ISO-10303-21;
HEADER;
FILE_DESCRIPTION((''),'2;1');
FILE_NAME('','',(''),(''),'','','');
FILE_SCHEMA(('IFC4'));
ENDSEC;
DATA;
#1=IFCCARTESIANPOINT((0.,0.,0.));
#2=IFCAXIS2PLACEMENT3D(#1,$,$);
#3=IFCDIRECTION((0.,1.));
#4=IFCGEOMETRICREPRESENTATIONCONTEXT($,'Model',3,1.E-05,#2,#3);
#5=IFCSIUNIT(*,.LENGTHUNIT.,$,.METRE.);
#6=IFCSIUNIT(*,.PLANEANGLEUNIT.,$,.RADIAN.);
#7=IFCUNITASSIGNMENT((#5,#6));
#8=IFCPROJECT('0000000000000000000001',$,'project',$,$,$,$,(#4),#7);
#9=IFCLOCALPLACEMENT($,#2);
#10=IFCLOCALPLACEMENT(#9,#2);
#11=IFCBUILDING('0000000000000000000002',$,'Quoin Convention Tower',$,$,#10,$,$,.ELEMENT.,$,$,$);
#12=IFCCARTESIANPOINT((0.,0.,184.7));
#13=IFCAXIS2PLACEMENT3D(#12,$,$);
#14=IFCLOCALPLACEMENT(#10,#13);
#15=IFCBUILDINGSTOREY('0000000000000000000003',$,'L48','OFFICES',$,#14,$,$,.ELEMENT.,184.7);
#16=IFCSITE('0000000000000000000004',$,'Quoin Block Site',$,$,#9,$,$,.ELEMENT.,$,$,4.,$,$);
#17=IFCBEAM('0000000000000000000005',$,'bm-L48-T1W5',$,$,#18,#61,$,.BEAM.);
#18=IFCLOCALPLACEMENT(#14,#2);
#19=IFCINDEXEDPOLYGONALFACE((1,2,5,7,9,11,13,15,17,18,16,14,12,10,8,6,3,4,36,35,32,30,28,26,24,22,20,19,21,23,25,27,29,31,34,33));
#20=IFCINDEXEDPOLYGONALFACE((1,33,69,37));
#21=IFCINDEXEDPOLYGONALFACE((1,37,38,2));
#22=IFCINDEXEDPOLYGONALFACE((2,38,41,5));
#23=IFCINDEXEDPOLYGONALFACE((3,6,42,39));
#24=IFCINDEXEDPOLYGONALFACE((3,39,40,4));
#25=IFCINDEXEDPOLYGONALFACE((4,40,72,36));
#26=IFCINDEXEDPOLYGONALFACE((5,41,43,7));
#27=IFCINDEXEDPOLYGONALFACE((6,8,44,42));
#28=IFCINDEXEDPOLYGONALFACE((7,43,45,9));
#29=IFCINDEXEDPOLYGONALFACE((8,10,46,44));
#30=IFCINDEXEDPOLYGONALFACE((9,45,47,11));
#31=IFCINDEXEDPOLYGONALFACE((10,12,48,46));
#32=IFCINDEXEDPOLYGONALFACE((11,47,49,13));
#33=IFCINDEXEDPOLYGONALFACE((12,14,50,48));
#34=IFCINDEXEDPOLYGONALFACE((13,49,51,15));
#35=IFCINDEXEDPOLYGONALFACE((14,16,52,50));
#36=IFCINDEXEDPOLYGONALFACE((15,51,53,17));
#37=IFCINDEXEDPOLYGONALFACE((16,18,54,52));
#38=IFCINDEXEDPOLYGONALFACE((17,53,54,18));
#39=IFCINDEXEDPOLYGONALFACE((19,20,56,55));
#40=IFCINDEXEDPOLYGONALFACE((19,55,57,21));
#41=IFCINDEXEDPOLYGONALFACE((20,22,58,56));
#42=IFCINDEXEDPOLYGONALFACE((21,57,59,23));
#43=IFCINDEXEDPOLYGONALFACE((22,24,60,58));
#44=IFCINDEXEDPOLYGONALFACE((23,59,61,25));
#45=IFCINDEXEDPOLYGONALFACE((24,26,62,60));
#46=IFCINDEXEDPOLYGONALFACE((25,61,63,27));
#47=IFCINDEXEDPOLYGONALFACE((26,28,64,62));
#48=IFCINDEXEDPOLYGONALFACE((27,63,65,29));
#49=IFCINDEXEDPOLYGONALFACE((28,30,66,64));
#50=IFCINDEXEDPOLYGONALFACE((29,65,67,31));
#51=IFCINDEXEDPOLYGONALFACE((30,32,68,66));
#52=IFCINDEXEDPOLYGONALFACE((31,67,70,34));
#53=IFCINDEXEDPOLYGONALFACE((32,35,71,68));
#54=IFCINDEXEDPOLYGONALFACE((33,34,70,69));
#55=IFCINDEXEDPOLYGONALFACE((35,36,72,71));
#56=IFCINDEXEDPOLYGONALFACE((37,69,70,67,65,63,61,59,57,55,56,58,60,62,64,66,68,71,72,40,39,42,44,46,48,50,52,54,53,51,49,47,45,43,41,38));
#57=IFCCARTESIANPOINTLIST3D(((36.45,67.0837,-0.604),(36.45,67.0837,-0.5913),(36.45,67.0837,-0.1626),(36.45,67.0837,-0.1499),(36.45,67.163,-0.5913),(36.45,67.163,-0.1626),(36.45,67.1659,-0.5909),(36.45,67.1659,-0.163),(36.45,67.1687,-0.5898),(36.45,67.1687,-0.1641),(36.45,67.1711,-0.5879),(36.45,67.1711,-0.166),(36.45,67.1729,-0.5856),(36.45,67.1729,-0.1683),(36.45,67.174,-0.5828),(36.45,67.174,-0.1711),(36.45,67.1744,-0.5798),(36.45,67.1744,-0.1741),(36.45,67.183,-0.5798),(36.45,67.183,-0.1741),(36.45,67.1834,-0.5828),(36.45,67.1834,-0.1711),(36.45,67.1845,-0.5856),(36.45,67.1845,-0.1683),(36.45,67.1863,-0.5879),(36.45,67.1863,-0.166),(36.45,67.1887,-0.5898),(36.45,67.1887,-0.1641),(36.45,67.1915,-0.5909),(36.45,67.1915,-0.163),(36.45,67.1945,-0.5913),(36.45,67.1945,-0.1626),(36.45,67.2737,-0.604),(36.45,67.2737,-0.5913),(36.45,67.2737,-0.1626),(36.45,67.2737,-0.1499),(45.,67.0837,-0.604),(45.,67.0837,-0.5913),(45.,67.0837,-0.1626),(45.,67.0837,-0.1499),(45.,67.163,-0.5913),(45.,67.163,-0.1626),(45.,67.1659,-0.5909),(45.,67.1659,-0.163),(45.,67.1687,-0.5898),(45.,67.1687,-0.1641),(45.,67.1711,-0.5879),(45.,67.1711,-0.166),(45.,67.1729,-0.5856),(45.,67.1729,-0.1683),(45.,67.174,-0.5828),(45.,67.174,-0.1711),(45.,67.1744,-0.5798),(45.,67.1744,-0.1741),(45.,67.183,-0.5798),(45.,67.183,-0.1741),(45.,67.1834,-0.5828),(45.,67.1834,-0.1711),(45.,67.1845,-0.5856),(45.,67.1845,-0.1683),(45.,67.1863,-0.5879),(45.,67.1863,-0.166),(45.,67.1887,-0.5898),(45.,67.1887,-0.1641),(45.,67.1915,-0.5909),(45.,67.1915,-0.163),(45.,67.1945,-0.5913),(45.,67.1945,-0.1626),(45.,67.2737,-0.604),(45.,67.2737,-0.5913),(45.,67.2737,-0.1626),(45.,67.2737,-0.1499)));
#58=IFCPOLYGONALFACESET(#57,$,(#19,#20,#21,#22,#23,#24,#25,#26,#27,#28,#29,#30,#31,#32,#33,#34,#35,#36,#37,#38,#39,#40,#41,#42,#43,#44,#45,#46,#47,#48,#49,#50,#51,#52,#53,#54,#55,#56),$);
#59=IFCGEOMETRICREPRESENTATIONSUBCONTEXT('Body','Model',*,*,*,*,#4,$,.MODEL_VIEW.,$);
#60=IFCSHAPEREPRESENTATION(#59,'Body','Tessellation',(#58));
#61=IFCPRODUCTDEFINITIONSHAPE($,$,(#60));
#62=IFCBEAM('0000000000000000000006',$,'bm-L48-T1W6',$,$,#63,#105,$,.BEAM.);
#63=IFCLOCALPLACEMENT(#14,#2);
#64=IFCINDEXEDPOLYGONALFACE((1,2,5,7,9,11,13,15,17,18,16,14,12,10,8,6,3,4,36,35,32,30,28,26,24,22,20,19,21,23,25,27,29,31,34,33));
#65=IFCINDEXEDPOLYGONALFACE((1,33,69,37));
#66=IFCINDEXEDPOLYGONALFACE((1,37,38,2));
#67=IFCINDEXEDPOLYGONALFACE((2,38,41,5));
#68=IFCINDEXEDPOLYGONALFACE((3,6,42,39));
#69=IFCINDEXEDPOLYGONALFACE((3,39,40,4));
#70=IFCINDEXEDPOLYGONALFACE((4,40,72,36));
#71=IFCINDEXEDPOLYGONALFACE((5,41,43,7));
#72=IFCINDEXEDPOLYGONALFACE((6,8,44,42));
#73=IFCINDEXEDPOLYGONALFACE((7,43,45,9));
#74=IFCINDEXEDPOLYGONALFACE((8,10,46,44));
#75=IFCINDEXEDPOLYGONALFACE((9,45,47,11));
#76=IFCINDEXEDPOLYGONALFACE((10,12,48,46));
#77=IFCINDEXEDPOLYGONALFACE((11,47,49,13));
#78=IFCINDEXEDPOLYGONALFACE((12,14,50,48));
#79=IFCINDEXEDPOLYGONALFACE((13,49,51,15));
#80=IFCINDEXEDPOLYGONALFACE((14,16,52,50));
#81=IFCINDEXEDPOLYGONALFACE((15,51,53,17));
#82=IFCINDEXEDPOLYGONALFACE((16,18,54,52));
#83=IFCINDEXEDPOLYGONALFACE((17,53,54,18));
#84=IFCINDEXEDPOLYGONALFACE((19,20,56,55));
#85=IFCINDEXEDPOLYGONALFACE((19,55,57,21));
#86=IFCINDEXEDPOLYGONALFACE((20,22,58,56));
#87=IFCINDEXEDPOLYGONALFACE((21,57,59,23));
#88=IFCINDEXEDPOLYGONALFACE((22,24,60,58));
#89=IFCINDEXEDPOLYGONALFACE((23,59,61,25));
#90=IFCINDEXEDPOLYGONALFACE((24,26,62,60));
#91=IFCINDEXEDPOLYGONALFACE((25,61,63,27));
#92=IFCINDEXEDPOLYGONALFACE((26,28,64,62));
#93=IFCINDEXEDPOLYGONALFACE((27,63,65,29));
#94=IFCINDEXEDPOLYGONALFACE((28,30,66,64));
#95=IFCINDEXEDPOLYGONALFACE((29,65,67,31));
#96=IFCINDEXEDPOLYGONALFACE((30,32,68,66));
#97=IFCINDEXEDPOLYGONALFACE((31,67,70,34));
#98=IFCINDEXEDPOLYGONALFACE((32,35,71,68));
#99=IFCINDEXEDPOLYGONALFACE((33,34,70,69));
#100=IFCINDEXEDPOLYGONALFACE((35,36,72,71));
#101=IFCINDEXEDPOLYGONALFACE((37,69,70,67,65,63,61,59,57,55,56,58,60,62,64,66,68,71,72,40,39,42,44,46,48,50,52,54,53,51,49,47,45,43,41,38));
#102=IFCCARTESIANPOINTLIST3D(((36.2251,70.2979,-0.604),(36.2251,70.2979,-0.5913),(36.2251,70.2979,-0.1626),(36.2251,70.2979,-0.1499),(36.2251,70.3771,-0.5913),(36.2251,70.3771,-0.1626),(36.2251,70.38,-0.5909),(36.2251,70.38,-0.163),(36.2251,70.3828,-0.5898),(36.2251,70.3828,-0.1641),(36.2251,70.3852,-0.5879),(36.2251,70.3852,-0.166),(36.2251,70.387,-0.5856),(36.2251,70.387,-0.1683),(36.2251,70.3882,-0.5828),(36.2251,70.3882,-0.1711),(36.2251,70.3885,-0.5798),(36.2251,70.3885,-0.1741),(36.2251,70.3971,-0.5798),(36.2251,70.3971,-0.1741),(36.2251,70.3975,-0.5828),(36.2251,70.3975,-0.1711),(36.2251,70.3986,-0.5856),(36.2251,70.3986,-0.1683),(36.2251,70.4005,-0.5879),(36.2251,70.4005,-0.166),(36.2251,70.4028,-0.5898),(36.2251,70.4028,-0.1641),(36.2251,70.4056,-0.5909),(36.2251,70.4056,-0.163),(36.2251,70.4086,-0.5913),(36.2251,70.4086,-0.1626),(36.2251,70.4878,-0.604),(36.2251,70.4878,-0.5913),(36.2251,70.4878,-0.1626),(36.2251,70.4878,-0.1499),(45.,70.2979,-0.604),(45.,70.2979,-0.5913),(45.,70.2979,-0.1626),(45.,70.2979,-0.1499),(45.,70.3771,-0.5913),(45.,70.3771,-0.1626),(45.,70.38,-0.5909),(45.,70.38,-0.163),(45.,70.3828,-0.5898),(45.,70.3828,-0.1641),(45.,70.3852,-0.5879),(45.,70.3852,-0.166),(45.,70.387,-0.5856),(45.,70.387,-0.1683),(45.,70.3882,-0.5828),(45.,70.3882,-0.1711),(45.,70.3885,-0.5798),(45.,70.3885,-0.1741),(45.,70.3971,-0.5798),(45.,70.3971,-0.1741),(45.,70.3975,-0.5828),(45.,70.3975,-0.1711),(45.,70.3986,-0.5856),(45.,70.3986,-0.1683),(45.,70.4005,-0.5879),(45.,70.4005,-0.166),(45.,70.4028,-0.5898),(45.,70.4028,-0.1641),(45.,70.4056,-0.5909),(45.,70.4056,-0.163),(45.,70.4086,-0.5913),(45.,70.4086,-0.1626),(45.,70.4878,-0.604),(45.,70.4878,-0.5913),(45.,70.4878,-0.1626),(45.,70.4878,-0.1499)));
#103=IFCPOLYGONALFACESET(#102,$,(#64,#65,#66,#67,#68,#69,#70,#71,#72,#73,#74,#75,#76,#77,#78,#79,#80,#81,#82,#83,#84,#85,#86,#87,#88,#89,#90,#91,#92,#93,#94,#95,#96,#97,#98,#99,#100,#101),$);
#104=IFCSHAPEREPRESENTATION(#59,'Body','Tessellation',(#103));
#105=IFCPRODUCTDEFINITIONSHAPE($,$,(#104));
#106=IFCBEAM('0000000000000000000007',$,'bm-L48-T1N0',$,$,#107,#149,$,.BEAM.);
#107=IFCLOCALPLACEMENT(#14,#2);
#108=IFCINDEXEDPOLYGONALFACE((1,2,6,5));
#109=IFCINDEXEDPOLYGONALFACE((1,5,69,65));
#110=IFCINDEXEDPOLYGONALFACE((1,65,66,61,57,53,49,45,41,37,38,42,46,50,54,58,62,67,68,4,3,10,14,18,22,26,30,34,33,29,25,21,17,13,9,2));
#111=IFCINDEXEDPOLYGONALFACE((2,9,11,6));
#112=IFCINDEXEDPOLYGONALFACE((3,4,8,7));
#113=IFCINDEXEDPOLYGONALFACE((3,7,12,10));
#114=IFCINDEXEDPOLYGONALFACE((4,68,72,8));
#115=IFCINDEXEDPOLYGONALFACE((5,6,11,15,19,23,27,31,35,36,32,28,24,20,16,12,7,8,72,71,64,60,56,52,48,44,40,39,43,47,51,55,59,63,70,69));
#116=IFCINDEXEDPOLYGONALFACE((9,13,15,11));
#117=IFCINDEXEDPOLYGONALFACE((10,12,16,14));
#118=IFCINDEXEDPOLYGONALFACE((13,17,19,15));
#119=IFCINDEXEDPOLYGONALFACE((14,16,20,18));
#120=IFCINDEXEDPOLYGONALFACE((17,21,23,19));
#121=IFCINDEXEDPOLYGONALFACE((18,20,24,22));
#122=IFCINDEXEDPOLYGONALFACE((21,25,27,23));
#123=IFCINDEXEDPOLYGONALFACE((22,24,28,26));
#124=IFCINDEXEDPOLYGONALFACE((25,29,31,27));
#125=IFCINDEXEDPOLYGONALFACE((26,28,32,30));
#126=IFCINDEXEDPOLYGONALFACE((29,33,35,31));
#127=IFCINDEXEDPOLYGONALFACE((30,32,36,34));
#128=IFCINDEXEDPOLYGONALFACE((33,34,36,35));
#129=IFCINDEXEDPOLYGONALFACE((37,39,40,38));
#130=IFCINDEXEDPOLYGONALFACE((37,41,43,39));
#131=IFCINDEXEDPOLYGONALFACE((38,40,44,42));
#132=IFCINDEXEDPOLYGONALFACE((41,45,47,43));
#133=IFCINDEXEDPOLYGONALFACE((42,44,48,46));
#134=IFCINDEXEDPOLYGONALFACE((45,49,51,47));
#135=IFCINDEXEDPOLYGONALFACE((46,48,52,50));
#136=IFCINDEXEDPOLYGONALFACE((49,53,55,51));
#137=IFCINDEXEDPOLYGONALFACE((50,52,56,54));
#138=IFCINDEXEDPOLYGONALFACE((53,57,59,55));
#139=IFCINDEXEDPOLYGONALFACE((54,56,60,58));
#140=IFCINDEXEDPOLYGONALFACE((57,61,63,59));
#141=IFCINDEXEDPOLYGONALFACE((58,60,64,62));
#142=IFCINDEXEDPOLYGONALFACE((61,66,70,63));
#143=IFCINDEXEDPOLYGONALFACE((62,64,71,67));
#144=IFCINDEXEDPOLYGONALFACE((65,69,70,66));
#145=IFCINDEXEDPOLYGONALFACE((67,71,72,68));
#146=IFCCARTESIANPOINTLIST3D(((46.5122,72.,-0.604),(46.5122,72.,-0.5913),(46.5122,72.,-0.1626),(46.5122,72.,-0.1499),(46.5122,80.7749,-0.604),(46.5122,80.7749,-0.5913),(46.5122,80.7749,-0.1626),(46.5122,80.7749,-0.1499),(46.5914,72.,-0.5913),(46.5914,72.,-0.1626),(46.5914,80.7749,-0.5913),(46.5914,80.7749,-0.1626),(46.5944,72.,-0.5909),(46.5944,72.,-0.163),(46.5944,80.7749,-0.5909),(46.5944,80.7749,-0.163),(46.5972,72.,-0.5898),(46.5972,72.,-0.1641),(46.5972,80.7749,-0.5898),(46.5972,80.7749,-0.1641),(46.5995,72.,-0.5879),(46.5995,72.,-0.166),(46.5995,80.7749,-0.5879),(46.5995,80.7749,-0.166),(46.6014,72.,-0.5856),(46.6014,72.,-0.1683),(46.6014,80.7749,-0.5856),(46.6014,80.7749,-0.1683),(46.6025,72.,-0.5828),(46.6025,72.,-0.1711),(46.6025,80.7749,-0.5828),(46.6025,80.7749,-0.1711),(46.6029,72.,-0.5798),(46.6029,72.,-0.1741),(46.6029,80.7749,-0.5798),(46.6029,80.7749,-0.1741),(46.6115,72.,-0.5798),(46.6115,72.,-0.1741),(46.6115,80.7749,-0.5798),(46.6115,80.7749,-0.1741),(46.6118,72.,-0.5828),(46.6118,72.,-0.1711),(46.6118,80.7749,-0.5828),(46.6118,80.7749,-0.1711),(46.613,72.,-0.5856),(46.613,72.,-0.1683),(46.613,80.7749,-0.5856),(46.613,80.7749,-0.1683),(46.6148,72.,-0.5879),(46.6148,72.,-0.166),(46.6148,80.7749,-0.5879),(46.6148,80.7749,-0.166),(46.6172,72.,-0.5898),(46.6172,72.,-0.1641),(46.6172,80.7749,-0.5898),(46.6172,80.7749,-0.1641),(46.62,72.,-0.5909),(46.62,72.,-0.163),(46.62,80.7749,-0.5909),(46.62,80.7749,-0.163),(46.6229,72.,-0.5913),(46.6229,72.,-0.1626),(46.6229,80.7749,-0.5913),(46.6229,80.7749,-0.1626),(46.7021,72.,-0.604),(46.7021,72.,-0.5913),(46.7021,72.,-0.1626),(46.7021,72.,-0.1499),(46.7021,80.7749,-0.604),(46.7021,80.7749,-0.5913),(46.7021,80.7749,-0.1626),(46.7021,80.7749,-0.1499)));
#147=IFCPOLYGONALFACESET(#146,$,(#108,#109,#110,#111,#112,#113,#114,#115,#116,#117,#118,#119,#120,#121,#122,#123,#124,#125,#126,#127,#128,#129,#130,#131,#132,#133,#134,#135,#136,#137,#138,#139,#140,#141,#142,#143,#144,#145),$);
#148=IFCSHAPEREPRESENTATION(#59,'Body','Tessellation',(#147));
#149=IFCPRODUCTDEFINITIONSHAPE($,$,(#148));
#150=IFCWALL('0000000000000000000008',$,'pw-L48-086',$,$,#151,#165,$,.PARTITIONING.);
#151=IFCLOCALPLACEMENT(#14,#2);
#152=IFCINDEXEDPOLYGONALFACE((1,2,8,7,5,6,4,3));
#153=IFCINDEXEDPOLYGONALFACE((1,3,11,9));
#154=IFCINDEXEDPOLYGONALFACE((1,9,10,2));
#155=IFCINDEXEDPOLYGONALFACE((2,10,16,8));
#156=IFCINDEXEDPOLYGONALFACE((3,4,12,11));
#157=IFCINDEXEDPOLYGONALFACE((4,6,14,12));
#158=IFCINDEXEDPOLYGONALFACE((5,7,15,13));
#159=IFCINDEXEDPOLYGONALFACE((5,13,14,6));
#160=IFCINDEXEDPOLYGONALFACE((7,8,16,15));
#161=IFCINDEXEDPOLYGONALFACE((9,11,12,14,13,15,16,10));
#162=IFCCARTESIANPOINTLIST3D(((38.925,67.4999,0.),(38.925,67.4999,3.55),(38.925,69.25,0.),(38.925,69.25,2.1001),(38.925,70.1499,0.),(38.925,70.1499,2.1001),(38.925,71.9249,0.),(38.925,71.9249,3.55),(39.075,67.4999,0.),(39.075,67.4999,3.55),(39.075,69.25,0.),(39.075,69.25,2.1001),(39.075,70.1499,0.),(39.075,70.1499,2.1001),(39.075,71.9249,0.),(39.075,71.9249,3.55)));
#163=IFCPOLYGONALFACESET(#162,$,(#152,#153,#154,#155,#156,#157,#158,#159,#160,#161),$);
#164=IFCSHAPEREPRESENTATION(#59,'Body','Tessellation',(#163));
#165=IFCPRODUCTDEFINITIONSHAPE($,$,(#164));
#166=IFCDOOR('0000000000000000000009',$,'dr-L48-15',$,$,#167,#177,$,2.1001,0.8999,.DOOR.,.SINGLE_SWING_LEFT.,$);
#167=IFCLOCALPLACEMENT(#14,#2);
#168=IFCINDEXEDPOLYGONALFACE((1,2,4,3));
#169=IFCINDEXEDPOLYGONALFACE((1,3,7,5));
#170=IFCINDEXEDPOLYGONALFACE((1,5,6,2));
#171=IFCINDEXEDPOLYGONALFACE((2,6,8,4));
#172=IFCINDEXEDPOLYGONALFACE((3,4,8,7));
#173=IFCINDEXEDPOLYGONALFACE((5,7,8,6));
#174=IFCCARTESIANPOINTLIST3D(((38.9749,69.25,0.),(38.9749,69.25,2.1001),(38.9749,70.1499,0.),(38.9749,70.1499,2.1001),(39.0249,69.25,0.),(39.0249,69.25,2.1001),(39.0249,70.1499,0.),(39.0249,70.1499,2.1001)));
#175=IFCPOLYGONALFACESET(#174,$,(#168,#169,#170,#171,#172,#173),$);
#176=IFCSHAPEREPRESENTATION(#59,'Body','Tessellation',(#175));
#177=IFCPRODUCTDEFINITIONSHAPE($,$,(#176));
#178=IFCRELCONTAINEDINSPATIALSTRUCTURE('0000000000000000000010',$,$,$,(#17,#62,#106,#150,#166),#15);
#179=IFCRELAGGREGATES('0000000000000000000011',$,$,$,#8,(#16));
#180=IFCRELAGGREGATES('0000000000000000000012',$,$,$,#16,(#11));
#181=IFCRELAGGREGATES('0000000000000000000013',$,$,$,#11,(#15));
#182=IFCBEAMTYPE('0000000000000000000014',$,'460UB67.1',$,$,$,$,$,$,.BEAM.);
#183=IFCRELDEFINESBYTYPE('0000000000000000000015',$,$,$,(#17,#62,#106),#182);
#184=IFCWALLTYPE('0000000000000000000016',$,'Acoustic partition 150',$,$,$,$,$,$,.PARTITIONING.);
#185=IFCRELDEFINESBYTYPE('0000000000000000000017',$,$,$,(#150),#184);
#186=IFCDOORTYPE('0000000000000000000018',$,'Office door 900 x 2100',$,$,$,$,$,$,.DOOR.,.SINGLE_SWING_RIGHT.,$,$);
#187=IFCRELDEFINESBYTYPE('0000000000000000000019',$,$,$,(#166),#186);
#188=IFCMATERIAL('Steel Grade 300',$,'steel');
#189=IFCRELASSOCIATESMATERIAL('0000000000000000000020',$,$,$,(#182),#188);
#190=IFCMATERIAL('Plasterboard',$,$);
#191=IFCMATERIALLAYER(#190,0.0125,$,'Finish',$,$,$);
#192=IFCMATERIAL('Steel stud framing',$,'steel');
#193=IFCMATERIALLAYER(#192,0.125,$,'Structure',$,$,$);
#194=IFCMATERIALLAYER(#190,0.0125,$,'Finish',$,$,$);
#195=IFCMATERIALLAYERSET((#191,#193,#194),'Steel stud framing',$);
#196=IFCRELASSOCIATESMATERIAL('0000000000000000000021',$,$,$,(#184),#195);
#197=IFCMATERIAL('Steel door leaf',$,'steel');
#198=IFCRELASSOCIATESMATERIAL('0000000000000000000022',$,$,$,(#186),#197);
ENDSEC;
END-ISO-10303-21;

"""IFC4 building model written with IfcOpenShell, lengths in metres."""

from ifc_helpers import new_model, si_unit, direction, frame, frame_2d, origin, origin_2d, place, context, subcontext, project, spatial, rectangle, i_section, extrude, material, layer, layer_set, material_profile, profile_set, type_object, element, fill, save


model = new_model("IFC4")

# Units and contexts
model_context = context("Model", 3, precision=1e-05, world=origin(), true_north=direction((0.0, 1.0)))
body_context = subcontext(model_context, "Body", "Model", "MODEL_VIEW")
ifc_project = project(units=[si_unit("LENGTHUNIT", "METRE"), si_unit("PLANEANGLEUNIT", "RADIAN")], contexts=[model_context])

# Site, building, storey
site_placement = place(None, origin())
site = spatial("IfcSite", under=ifc_project, at=site_placement, Name="Quoin Block Site", CompositionType="ELEMENT", RefElevation=4.0)
building_placement = place(site_placement, origin())
building = spatial("IfcBuilding", under=site, at=building_placement, Name="Quoin Convention Tower", CompositionType="ELEMENT")
storey_placement = place(building_placement, frame((0.0, 0.0, 184.7)))
storey = spatial("IfcBuildingStorey", under=building, at=storey_placement, Name="L48", Description="OFFICES", CompositionType="ELEMENT", Elevation=184.7)

# Beams
ifc_material_1 = material(Name="Steel Grade 300", Category="steel")
ifc_material_profile = material_profile(ifc_material_1, i_section(OverallWidth=0.1899, OverallDepth=0.4541, WebThickness=0.0085, FlangeThickness=0.0127, FilletRadius=0.0115, at=origin_2d()), Name="460UB67.1")
ifc_profile_set = profile_set([ifc_material_profile], Name="Steel Grade 300")
beam_type = type_object("IfcBeamType", Name="460UB67.1", PredefinedType="BEAM", material=ifc_profile_set)
beam_placement = place(storey_placement, frame((36.45, 67.1787, -0.377), z_axis=(1.0, 0.0, 0.0), x_axis=(0.0, 1.0, 0.0)))
element("IfcBeam", 1, at=beam_placement, inside=storey, type_object=beam_type, Name="bm-L48-T1W5", PredefinedType="BEAM", context=body_context, shape_type="SweptSolid", body=[
    extrude(i_section(OverallWidth=0.1899, OverallDepth=0.4541, WebThickness=0.0085, FlangeThickness=0.0127, FilletRadius=0.0115, at=origin_2d()), origin(), (0.0, 0.0, 1.0), 8.55),
])
for number, where, z_axis, x_axis, name in (
    (2, (36.2251, 70.3928, -0.377), (1.0, 0.0, 0.0), (0.0, 1.0, 0.0), "bm-L48-T1W6"),
    (3, (46.6072, 72.0, -0.377), (0.0, 1.0, 0.0), (-1.0, 0.0, 0.0), "bm-L48-T1N0"),
):
    element("IfcBeam", number, at=place(storey_placement, frame(where, z_axis=z_axis, x_axis=x_axis)), inside=storey, type_object=beam_type, Name=name, PredefinedType="BEAM", context=body_context, shape_type="SweptSolid", body=[
        extrude(i_section(OverallWidth=0.1899, OverallDepth=0.4541, WebThickness=0.0085, FlangeThickness=0.0127, FilletRadius=0.0115, at=origin_2d()), origin(), (0.0, 0.0, 1.0), 8.7749),
    ])

# Wall, opening, door
ifc_material_2 = material(Name="Plasterboard")
ifc_layer_1 = layer(ifc_material_2, 0.0125, Name="Finish")
ifc_material_3 = material(Name="Steel stud framing", Category="steel")
ifc_layer_2 = layer(ifc_material_3, 0.125, Name="Structure")
ifc_layer_3 = layer(ifc_material_2, 0.0125, Name="Finish")
ifc_layer_set_1 = layer_set([ifc_layer_1, ifc_layer_2, ifc_layer_3], Name="Steel stud framing")
wall_type_1 = type_object("IfcWallType", Name="Acoustic partition 150", PredefinedType="PARTITIONING", material=ifc_layer_set_1)
wall_1_placement = place(storey_placement, frame((39.0, 67.5, 0.0), z_axis=(0.0, 0.0, 1.0), x_axis=(0.0, 1.0, 0.0)))
wall_1 = element("IfcWall", 4, at=wall_1_placement, inside=storey, type_object=wall_type_1, Name="pw-L48-086", PredefinedType="PARTITIONING", context=body_context, shape_type="SweptSolid", body=[
    extrude(rectangle(XDim=4.425, YDim=0.1499, at=frame_2d((2.2124, 0.0))), origin(), (0.0, 0.0, 1.0), 3.55),
])
opening_1_placement = place(wall_1_placement, frame((1.75, 0.0, 0.0)))
opening_1 = element("IfcOpeningElement", 5, at=opening_1_placement, cuts=wall_1, PredefinedType="OPENING", context=body_context, shape_type="SweptSolid", body=[
    extrude(rectangle(XDim=0.8999, YDim=2.1001, at=frame_2d((0.45, 1.05))), frame((0.0, 0.085, 0.0), z_axis=(0.0, -1.0, 0.0), x_axis=(1.0, 0.0, 0.0)), (0.0, 0.0, 1.0), 0.1699),
])
ifc_material_4 = material(Name="Steel door leaf", Category="steel")
door_type_1 = type_object("IfcDoorType", Name="Office door 900 x 2100", OperationType="SINGLE_SWING_RIGHT", PredefinedType="DOOR", material=ifc_material_4)
door_1_placement = place(opening_1_placement, frame((0.8999, 0.0, 0.0), z_axis=(0.0, 0.0, 1.0), x_axis=(-1.0, 0.0, 0.0)))
door_1 = element("IfcDoor", 6, at=door_1_placement, inside=storey, type_object=door_type_1, Name="dr-L48-15", OperationType="SINGLE_SWING_LEFT", OverallHeight=2.1001, OverallWidth=0.8999, PredefinedType="DOOR", context=body_context, shape_type="SweptSolid", body=[
    extrude(rectangle(XDim=0.8999, YDim=2.1001, at=frame_2d((0.45, 1.05))), frame((0.0, 0.0249, 0.0), z_axis=(0.0, -1.0, 0.0), x_axis=(1.0, 0.0, 0.0)), (0.0, 0.0, 1.0), 0.05),
])
fill(opening_1, door_1)

save(model, "model.ifc")
